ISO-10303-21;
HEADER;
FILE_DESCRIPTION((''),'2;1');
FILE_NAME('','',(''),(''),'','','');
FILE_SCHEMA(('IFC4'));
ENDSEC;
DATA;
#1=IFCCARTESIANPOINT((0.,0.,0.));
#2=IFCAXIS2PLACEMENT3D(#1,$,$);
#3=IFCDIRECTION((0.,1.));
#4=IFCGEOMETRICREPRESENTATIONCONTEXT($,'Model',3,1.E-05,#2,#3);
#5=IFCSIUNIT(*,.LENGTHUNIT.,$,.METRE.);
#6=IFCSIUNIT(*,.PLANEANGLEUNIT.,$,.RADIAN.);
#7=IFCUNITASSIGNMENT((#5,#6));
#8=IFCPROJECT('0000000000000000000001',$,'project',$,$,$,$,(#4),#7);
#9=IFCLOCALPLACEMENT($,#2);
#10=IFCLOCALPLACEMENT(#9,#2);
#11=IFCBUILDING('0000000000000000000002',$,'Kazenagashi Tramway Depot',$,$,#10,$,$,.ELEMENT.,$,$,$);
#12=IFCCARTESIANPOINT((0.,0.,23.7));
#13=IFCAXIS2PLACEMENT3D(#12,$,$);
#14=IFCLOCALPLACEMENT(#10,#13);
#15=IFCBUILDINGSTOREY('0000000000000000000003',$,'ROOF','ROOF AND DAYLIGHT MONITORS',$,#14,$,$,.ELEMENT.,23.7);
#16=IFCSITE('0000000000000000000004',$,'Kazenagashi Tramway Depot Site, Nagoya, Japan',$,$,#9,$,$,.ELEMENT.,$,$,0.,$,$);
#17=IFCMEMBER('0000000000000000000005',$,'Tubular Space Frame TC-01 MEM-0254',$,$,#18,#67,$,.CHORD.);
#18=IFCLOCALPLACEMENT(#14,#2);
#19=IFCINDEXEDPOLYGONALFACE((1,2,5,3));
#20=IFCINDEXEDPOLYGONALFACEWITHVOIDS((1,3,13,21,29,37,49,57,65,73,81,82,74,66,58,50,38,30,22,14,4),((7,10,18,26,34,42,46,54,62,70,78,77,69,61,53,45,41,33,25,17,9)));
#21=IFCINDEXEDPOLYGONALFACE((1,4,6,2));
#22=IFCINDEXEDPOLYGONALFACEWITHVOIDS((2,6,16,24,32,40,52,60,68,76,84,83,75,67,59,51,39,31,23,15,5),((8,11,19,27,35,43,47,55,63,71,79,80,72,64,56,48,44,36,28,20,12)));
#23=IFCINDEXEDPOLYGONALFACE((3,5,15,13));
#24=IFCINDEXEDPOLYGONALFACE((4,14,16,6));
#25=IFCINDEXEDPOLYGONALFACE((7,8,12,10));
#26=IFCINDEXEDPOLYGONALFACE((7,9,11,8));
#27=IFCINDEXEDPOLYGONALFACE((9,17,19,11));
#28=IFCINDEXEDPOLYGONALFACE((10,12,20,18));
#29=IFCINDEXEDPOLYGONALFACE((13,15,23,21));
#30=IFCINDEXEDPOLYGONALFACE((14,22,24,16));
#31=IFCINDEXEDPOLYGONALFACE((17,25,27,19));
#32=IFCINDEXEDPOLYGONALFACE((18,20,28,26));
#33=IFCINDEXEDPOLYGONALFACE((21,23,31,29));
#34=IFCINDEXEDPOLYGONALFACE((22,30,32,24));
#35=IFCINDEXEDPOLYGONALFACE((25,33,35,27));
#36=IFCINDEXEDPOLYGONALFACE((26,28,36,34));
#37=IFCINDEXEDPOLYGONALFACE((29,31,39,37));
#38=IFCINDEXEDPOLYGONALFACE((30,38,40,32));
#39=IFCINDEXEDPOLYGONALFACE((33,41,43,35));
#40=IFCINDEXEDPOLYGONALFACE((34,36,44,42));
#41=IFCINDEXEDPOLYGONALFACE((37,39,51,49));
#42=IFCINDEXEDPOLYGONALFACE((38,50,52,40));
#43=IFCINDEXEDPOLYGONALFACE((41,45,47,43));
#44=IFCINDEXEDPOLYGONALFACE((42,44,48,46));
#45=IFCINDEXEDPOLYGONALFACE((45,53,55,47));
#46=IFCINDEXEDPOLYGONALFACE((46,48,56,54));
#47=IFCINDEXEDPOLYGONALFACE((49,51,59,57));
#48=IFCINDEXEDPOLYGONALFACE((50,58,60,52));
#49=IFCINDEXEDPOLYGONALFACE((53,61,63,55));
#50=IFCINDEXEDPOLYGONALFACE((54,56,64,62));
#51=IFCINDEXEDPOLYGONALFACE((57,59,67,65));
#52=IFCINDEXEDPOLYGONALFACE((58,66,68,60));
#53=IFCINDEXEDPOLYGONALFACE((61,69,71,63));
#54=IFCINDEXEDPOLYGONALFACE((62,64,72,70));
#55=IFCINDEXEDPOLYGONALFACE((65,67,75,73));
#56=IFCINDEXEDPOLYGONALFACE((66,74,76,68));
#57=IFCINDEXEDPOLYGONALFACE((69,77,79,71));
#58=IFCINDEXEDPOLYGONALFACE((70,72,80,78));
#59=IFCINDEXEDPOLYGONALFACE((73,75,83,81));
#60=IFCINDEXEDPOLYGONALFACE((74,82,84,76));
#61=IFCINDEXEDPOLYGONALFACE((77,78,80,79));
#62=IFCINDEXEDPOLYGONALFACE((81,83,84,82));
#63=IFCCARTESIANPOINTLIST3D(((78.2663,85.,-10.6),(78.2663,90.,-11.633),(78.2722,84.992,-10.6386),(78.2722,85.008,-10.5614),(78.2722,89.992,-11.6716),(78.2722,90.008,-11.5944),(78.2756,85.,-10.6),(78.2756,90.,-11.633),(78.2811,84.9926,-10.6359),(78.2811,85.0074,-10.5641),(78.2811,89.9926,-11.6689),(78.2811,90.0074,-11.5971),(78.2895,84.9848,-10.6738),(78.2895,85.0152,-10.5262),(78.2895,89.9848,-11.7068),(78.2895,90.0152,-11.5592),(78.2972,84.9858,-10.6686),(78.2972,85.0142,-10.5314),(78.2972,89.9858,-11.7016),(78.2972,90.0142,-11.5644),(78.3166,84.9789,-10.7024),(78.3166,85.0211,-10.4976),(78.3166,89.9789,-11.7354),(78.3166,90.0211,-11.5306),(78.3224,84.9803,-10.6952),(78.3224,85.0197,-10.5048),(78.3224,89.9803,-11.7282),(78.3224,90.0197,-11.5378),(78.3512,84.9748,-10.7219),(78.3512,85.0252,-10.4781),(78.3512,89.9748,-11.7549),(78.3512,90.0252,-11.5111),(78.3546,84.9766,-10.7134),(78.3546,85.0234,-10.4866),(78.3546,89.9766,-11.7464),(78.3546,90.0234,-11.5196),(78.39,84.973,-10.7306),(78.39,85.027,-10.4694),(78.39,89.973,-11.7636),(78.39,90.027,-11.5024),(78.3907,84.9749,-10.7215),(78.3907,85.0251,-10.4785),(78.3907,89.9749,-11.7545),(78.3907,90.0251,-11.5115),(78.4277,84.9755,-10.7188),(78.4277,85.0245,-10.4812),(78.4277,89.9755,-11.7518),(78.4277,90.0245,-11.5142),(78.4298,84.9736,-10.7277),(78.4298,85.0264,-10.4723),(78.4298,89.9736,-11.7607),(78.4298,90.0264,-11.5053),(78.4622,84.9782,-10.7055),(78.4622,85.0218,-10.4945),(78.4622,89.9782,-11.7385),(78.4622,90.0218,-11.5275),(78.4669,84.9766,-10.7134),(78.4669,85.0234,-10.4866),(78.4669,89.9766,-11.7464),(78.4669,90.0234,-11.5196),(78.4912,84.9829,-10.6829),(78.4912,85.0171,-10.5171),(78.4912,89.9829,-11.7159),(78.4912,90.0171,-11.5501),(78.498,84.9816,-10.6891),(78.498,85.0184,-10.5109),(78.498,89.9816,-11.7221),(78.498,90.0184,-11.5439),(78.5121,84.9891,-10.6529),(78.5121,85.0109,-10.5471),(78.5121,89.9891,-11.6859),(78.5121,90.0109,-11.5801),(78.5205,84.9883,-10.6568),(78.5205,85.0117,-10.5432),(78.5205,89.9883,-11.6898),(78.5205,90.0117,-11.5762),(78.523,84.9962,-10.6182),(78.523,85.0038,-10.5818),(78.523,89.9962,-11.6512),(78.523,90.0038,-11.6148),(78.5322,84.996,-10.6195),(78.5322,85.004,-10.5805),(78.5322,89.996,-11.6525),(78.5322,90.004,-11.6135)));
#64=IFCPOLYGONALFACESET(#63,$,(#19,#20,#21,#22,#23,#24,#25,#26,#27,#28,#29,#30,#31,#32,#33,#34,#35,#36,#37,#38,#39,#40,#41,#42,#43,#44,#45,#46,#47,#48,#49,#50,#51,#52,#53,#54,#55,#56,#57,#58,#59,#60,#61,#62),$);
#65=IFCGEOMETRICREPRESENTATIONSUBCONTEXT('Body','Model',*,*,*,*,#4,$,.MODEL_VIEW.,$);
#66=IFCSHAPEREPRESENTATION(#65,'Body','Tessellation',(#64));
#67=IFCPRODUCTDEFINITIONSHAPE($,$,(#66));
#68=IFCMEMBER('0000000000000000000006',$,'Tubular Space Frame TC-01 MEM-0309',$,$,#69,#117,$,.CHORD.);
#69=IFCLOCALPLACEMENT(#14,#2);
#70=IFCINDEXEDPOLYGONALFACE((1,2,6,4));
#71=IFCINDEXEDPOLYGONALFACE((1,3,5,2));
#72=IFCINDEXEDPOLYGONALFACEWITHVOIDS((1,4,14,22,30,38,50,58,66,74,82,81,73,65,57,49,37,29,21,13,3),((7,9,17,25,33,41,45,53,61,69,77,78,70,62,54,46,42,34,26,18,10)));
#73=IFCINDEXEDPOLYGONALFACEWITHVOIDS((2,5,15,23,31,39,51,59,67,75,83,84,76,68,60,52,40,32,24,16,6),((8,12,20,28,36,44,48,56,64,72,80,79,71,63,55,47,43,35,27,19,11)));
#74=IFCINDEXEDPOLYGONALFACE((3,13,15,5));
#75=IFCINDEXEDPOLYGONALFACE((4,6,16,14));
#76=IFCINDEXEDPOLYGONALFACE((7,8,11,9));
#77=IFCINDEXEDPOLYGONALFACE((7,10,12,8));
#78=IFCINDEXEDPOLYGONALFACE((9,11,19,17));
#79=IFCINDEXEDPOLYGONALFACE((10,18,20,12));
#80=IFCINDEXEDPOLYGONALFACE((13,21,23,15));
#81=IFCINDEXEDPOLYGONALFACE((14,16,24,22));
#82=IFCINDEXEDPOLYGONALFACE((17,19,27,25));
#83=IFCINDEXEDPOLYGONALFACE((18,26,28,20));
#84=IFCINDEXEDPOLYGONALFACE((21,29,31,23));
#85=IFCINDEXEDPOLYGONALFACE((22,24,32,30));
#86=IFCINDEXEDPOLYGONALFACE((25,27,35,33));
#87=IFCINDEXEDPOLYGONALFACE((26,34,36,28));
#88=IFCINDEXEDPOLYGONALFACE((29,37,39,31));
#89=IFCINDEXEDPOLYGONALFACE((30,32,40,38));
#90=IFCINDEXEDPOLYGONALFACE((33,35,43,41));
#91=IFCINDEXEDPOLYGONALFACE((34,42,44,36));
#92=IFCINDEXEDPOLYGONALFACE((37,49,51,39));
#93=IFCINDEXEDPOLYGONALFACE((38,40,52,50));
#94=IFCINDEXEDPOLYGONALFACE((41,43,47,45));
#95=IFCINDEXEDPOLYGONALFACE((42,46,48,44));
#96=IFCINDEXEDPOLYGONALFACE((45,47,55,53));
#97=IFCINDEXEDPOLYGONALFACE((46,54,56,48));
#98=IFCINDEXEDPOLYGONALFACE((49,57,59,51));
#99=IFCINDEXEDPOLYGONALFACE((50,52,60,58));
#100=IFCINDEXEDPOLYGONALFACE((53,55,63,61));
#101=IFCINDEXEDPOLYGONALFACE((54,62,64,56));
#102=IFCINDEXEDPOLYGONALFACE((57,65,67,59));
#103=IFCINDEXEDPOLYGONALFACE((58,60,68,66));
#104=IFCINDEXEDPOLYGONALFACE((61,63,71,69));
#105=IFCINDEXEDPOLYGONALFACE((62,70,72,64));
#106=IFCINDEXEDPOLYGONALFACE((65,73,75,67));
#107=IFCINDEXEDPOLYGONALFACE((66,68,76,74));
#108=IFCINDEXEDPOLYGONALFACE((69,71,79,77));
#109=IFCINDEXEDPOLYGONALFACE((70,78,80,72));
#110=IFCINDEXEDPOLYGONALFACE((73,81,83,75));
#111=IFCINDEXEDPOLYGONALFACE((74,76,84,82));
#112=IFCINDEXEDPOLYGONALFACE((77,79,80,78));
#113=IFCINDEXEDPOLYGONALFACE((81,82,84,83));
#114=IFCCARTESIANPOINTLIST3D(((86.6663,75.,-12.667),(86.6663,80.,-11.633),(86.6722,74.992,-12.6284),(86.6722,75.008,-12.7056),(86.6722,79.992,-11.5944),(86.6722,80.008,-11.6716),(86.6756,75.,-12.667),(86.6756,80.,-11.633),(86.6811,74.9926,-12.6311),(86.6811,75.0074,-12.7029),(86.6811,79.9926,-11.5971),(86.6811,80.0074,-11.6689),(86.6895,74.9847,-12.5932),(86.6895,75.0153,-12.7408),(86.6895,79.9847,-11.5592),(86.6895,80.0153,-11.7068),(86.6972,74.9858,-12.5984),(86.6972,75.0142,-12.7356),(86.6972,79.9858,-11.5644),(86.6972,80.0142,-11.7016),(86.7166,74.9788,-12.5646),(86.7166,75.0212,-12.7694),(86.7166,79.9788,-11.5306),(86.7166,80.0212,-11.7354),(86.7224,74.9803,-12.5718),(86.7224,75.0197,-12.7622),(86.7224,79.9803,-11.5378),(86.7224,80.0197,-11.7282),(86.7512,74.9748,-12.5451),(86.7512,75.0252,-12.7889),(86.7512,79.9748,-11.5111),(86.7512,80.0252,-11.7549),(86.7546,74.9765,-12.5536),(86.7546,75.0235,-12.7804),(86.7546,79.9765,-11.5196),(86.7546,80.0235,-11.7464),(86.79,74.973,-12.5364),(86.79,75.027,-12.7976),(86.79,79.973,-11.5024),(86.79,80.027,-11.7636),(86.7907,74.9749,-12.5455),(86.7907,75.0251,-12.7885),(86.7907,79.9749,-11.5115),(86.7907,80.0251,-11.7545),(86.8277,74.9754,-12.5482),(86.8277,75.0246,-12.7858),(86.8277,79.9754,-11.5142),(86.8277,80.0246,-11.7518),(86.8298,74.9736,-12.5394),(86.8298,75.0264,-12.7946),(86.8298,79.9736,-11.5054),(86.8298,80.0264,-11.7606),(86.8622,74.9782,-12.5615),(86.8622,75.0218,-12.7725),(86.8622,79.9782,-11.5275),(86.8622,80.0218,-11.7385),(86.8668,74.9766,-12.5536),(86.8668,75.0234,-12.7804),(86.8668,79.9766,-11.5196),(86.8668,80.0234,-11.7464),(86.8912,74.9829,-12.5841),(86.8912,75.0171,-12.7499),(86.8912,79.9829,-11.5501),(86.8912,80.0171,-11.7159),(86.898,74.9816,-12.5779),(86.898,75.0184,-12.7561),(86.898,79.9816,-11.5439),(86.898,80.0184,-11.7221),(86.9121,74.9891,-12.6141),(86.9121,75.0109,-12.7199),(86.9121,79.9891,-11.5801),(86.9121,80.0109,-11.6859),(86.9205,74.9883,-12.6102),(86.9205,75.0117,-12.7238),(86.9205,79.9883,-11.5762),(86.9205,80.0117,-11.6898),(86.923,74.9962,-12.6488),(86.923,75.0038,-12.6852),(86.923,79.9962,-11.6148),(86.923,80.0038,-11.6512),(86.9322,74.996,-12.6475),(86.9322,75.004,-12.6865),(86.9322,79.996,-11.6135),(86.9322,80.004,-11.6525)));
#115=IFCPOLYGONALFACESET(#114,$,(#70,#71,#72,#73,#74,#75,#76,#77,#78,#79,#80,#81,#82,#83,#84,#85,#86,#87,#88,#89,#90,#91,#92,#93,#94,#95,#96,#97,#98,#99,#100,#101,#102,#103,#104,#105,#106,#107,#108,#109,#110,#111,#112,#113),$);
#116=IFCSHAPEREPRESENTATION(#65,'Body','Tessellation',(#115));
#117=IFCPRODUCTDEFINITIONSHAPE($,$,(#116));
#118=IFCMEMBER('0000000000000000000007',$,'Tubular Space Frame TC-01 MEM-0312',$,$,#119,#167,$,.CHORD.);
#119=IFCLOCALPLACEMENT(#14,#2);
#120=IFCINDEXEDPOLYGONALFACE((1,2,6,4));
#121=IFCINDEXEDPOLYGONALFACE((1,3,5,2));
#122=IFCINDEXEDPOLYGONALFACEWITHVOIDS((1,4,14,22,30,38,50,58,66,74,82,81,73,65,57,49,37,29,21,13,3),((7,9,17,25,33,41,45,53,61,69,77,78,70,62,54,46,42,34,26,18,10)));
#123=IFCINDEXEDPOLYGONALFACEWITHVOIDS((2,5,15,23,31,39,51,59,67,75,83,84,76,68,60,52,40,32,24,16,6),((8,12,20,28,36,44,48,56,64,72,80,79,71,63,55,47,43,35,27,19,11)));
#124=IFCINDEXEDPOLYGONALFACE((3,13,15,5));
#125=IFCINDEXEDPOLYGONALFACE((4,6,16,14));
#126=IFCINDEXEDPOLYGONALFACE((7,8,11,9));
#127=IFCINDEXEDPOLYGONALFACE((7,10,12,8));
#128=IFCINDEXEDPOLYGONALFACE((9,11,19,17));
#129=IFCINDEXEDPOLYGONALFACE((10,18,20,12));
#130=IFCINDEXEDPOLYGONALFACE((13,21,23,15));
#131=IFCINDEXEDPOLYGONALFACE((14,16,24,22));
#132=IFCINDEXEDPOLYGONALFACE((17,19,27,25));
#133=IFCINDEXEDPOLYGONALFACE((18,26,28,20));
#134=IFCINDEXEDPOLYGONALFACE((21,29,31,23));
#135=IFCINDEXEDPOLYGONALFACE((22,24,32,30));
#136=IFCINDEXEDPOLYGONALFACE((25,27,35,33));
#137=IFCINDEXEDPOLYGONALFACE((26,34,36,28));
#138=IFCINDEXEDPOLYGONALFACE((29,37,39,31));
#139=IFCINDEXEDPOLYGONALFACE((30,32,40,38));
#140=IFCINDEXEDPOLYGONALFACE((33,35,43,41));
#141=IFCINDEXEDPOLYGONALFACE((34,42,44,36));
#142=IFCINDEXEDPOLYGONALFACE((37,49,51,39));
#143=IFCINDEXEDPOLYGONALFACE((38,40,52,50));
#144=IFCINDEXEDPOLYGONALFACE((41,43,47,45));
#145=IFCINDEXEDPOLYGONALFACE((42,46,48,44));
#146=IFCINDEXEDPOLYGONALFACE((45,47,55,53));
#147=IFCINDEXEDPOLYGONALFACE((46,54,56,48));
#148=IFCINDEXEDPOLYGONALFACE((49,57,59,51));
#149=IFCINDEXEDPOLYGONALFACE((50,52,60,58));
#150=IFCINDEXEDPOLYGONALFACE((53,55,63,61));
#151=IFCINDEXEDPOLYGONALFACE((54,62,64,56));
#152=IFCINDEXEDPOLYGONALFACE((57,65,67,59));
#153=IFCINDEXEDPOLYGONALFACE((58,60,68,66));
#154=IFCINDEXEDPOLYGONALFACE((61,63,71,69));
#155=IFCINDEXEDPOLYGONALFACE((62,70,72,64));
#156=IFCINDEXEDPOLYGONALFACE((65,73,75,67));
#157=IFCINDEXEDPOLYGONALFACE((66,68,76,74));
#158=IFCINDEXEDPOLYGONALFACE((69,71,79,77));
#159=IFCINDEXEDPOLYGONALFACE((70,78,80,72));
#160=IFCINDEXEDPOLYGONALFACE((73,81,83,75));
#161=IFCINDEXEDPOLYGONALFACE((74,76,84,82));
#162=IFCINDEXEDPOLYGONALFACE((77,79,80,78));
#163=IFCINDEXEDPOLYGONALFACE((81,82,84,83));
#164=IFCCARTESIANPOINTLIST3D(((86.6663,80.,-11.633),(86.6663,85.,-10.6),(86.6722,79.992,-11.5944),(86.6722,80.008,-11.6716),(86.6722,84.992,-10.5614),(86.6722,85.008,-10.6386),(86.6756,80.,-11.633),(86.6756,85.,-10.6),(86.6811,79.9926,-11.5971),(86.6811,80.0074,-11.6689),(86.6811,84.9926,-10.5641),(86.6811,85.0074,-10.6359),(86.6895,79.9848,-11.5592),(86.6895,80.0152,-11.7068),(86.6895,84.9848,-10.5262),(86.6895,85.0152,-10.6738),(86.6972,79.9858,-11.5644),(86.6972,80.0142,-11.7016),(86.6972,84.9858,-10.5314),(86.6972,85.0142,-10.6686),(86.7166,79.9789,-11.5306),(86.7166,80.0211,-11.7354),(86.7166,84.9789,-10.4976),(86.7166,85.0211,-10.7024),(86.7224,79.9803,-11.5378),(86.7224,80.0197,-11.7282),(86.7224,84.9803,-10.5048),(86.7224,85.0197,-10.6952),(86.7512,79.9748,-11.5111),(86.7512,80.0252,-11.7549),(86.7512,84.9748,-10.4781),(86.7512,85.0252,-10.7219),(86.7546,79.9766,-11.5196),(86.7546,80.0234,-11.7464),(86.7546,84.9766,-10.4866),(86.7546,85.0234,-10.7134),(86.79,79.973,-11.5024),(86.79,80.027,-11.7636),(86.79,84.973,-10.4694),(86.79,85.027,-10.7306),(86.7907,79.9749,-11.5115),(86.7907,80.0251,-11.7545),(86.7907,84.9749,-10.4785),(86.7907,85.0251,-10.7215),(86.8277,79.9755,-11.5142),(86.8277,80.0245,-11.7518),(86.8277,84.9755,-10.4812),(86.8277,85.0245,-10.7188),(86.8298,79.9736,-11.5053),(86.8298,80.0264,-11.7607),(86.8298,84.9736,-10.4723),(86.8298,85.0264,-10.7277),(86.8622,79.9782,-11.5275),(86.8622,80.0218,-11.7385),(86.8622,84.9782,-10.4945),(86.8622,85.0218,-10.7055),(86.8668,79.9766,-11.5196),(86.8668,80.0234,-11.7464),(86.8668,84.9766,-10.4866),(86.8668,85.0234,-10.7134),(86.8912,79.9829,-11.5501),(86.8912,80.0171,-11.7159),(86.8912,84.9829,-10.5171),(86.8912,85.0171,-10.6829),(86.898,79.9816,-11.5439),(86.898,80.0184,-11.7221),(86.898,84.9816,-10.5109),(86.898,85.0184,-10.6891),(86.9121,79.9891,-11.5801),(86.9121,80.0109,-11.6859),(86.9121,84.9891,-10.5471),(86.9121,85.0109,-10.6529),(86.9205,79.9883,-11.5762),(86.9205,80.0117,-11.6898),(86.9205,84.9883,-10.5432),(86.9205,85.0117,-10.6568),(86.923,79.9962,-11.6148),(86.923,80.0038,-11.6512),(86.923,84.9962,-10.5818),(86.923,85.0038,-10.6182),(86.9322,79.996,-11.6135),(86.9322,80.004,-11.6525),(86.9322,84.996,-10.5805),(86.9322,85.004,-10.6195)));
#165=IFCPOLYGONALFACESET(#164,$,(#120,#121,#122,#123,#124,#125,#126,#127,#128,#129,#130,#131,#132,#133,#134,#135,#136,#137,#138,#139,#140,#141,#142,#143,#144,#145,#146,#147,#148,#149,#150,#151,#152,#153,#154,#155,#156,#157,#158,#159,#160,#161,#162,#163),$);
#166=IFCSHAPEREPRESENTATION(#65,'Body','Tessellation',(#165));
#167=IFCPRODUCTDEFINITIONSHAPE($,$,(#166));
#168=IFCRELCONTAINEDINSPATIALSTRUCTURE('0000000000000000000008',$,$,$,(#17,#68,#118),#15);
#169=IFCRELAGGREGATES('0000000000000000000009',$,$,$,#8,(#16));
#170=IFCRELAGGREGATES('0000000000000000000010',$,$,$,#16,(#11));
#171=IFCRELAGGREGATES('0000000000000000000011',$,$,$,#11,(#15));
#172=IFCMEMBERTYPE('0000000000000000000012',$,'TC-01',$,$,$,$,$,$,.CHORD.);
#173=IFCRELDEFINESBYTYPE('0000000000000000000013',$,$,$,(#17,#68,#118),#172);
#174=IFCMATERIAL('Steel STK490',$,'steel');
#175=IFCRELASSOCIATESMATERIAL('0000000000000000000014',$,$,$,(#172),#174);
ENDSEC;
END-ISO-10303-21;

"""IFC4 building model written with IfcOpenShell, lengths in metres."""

from ifc_helpers import new_model, si_unit, direction, frame, origin, origin_2d, place, context, subcontext, project, spatial, hollow_circle, extrude, material, material_profile, profile_set, type_object, element, save


model = new_model("IFC4")

# Units and contexts
model_context = context("Model", 3, precision=1e-05, world=origin(), true_north=direction((0.0, 1.0)))
body_context = subcontext(model_context, "Body", "Model", "MODEL_VIEW")
ifc_project = project(units=[si_unit("LENGTHUNIT", "METRE"), si_unit("PLANEANGLEUNIT", "RADIAN")], contexts=[model_context])

# Site, building, storey
site_placement = place(None, origin())
site = spatial("IfcSite", under=ifc_project, at=site_placement, Name="Kazenagashi Tramway Depot Site, Nagoya, Japan", CompositionType="ELEMENT", RefElevation=0.0)
building_placement = place(site_placement, origin())
building = spatial("IfcBuilding", under=site, at=building_placement, Name="Kazenagashi Tramway Depot", CompositionType="ELEMENT")
storey_placement = place(building_placement, frame((0.0, 0.0, 23.7)))
storey = spatial("IfcBuildingStorey", under=building, at=storey_placement, Name="ROOF", Description="ROOF AND DAYLIGHT MONITORS", CompositionType="ELEMENT", Elevation=23.7)

# Members
ifc_material_1 = material(Name="Steel STK490", Category="steel")
ifc_material_profile_1 = material_profile(ifc_material_1, hollow_circle(Radius=0.1337, WallThickness=0.0093, at=origin_2d()), Name="CHS-267.4x9.3")
ifc_profile_set_1 = profile_set([ifc_material_profile_1], Name="Steel STK490")
member_type_1 = type_object("IfcMemberType", Name="TC-01", PredefinedType="CHORD", material=ifc_profile_set_1)
for number, where, z_axis, x_axis, name in (
    (1, (78.4, 85.0, -10.6), (0.0, 0.979318, -0.202327), (-1.0, 0.0, 0.0), "Tubular Space Frame TC-01 MEM-0254"),
):
    element("IfcMember", number, at=place(storey_placement, frame(where, z_axis=z_axis, x_axis=x_axis)), inside=storey, type_object=member_type_1, Name=name, PredefinedType="CHORD", context=body_context, shape_type="SweptSolid", body=[
        extrude(hollow_circle(Radius=0.1337, WallThickness=0.0093, at=origin_2d()), origin(), (0.0, 0.0, 1.0), 5.1056),
    ])
member_1_placement = place(storey_placement, frame((86.8, 75.0, -12.667), z_axis=(0.0, 0.979279, 0.202515), x_axis=(-1.0, 0.0, 0.0)))
element("IfcMember", 2, at=member_1_placement, inside=storey, type_object=member_type_1, Name="Tubular Space Frame TC-01 MEM-0309", PredefinedType="CHORD", context=body_context, shape_type="SweptSolid", body=[
    extrude(hollow_circle(Radius=0.1337, WallThickness=0.0093, at=origin_2d()), origin(), (0.0, 0.0, 1.0), 5.1058),
])
for number, where, z_axis, x_axis, name in (
    (3, (86.8, 80.0, -11.633), (0.0, 0.979318, 0.202327), (-1.0, 0.0, 0.0), "Tubular Space Frame TC-01 MEM-0312"),
):
    element("IfcMember", number, at=place(storey_placement, frame(where, z_axis=z_axis, x_axis=x_axis)), inside=storey, type_object=member_type_1, Name=name, PredefinedType="CHORD", context=body_context, shape_type="SweptSolid", body=[
        extrude(hollow_circle(Radius=0.1337, WallThickness=0.0093, at=origin_2d()), origin(), (0.0, 0.0, 1.0), 5.1056),
    ])

save(model, "model.ifc")
